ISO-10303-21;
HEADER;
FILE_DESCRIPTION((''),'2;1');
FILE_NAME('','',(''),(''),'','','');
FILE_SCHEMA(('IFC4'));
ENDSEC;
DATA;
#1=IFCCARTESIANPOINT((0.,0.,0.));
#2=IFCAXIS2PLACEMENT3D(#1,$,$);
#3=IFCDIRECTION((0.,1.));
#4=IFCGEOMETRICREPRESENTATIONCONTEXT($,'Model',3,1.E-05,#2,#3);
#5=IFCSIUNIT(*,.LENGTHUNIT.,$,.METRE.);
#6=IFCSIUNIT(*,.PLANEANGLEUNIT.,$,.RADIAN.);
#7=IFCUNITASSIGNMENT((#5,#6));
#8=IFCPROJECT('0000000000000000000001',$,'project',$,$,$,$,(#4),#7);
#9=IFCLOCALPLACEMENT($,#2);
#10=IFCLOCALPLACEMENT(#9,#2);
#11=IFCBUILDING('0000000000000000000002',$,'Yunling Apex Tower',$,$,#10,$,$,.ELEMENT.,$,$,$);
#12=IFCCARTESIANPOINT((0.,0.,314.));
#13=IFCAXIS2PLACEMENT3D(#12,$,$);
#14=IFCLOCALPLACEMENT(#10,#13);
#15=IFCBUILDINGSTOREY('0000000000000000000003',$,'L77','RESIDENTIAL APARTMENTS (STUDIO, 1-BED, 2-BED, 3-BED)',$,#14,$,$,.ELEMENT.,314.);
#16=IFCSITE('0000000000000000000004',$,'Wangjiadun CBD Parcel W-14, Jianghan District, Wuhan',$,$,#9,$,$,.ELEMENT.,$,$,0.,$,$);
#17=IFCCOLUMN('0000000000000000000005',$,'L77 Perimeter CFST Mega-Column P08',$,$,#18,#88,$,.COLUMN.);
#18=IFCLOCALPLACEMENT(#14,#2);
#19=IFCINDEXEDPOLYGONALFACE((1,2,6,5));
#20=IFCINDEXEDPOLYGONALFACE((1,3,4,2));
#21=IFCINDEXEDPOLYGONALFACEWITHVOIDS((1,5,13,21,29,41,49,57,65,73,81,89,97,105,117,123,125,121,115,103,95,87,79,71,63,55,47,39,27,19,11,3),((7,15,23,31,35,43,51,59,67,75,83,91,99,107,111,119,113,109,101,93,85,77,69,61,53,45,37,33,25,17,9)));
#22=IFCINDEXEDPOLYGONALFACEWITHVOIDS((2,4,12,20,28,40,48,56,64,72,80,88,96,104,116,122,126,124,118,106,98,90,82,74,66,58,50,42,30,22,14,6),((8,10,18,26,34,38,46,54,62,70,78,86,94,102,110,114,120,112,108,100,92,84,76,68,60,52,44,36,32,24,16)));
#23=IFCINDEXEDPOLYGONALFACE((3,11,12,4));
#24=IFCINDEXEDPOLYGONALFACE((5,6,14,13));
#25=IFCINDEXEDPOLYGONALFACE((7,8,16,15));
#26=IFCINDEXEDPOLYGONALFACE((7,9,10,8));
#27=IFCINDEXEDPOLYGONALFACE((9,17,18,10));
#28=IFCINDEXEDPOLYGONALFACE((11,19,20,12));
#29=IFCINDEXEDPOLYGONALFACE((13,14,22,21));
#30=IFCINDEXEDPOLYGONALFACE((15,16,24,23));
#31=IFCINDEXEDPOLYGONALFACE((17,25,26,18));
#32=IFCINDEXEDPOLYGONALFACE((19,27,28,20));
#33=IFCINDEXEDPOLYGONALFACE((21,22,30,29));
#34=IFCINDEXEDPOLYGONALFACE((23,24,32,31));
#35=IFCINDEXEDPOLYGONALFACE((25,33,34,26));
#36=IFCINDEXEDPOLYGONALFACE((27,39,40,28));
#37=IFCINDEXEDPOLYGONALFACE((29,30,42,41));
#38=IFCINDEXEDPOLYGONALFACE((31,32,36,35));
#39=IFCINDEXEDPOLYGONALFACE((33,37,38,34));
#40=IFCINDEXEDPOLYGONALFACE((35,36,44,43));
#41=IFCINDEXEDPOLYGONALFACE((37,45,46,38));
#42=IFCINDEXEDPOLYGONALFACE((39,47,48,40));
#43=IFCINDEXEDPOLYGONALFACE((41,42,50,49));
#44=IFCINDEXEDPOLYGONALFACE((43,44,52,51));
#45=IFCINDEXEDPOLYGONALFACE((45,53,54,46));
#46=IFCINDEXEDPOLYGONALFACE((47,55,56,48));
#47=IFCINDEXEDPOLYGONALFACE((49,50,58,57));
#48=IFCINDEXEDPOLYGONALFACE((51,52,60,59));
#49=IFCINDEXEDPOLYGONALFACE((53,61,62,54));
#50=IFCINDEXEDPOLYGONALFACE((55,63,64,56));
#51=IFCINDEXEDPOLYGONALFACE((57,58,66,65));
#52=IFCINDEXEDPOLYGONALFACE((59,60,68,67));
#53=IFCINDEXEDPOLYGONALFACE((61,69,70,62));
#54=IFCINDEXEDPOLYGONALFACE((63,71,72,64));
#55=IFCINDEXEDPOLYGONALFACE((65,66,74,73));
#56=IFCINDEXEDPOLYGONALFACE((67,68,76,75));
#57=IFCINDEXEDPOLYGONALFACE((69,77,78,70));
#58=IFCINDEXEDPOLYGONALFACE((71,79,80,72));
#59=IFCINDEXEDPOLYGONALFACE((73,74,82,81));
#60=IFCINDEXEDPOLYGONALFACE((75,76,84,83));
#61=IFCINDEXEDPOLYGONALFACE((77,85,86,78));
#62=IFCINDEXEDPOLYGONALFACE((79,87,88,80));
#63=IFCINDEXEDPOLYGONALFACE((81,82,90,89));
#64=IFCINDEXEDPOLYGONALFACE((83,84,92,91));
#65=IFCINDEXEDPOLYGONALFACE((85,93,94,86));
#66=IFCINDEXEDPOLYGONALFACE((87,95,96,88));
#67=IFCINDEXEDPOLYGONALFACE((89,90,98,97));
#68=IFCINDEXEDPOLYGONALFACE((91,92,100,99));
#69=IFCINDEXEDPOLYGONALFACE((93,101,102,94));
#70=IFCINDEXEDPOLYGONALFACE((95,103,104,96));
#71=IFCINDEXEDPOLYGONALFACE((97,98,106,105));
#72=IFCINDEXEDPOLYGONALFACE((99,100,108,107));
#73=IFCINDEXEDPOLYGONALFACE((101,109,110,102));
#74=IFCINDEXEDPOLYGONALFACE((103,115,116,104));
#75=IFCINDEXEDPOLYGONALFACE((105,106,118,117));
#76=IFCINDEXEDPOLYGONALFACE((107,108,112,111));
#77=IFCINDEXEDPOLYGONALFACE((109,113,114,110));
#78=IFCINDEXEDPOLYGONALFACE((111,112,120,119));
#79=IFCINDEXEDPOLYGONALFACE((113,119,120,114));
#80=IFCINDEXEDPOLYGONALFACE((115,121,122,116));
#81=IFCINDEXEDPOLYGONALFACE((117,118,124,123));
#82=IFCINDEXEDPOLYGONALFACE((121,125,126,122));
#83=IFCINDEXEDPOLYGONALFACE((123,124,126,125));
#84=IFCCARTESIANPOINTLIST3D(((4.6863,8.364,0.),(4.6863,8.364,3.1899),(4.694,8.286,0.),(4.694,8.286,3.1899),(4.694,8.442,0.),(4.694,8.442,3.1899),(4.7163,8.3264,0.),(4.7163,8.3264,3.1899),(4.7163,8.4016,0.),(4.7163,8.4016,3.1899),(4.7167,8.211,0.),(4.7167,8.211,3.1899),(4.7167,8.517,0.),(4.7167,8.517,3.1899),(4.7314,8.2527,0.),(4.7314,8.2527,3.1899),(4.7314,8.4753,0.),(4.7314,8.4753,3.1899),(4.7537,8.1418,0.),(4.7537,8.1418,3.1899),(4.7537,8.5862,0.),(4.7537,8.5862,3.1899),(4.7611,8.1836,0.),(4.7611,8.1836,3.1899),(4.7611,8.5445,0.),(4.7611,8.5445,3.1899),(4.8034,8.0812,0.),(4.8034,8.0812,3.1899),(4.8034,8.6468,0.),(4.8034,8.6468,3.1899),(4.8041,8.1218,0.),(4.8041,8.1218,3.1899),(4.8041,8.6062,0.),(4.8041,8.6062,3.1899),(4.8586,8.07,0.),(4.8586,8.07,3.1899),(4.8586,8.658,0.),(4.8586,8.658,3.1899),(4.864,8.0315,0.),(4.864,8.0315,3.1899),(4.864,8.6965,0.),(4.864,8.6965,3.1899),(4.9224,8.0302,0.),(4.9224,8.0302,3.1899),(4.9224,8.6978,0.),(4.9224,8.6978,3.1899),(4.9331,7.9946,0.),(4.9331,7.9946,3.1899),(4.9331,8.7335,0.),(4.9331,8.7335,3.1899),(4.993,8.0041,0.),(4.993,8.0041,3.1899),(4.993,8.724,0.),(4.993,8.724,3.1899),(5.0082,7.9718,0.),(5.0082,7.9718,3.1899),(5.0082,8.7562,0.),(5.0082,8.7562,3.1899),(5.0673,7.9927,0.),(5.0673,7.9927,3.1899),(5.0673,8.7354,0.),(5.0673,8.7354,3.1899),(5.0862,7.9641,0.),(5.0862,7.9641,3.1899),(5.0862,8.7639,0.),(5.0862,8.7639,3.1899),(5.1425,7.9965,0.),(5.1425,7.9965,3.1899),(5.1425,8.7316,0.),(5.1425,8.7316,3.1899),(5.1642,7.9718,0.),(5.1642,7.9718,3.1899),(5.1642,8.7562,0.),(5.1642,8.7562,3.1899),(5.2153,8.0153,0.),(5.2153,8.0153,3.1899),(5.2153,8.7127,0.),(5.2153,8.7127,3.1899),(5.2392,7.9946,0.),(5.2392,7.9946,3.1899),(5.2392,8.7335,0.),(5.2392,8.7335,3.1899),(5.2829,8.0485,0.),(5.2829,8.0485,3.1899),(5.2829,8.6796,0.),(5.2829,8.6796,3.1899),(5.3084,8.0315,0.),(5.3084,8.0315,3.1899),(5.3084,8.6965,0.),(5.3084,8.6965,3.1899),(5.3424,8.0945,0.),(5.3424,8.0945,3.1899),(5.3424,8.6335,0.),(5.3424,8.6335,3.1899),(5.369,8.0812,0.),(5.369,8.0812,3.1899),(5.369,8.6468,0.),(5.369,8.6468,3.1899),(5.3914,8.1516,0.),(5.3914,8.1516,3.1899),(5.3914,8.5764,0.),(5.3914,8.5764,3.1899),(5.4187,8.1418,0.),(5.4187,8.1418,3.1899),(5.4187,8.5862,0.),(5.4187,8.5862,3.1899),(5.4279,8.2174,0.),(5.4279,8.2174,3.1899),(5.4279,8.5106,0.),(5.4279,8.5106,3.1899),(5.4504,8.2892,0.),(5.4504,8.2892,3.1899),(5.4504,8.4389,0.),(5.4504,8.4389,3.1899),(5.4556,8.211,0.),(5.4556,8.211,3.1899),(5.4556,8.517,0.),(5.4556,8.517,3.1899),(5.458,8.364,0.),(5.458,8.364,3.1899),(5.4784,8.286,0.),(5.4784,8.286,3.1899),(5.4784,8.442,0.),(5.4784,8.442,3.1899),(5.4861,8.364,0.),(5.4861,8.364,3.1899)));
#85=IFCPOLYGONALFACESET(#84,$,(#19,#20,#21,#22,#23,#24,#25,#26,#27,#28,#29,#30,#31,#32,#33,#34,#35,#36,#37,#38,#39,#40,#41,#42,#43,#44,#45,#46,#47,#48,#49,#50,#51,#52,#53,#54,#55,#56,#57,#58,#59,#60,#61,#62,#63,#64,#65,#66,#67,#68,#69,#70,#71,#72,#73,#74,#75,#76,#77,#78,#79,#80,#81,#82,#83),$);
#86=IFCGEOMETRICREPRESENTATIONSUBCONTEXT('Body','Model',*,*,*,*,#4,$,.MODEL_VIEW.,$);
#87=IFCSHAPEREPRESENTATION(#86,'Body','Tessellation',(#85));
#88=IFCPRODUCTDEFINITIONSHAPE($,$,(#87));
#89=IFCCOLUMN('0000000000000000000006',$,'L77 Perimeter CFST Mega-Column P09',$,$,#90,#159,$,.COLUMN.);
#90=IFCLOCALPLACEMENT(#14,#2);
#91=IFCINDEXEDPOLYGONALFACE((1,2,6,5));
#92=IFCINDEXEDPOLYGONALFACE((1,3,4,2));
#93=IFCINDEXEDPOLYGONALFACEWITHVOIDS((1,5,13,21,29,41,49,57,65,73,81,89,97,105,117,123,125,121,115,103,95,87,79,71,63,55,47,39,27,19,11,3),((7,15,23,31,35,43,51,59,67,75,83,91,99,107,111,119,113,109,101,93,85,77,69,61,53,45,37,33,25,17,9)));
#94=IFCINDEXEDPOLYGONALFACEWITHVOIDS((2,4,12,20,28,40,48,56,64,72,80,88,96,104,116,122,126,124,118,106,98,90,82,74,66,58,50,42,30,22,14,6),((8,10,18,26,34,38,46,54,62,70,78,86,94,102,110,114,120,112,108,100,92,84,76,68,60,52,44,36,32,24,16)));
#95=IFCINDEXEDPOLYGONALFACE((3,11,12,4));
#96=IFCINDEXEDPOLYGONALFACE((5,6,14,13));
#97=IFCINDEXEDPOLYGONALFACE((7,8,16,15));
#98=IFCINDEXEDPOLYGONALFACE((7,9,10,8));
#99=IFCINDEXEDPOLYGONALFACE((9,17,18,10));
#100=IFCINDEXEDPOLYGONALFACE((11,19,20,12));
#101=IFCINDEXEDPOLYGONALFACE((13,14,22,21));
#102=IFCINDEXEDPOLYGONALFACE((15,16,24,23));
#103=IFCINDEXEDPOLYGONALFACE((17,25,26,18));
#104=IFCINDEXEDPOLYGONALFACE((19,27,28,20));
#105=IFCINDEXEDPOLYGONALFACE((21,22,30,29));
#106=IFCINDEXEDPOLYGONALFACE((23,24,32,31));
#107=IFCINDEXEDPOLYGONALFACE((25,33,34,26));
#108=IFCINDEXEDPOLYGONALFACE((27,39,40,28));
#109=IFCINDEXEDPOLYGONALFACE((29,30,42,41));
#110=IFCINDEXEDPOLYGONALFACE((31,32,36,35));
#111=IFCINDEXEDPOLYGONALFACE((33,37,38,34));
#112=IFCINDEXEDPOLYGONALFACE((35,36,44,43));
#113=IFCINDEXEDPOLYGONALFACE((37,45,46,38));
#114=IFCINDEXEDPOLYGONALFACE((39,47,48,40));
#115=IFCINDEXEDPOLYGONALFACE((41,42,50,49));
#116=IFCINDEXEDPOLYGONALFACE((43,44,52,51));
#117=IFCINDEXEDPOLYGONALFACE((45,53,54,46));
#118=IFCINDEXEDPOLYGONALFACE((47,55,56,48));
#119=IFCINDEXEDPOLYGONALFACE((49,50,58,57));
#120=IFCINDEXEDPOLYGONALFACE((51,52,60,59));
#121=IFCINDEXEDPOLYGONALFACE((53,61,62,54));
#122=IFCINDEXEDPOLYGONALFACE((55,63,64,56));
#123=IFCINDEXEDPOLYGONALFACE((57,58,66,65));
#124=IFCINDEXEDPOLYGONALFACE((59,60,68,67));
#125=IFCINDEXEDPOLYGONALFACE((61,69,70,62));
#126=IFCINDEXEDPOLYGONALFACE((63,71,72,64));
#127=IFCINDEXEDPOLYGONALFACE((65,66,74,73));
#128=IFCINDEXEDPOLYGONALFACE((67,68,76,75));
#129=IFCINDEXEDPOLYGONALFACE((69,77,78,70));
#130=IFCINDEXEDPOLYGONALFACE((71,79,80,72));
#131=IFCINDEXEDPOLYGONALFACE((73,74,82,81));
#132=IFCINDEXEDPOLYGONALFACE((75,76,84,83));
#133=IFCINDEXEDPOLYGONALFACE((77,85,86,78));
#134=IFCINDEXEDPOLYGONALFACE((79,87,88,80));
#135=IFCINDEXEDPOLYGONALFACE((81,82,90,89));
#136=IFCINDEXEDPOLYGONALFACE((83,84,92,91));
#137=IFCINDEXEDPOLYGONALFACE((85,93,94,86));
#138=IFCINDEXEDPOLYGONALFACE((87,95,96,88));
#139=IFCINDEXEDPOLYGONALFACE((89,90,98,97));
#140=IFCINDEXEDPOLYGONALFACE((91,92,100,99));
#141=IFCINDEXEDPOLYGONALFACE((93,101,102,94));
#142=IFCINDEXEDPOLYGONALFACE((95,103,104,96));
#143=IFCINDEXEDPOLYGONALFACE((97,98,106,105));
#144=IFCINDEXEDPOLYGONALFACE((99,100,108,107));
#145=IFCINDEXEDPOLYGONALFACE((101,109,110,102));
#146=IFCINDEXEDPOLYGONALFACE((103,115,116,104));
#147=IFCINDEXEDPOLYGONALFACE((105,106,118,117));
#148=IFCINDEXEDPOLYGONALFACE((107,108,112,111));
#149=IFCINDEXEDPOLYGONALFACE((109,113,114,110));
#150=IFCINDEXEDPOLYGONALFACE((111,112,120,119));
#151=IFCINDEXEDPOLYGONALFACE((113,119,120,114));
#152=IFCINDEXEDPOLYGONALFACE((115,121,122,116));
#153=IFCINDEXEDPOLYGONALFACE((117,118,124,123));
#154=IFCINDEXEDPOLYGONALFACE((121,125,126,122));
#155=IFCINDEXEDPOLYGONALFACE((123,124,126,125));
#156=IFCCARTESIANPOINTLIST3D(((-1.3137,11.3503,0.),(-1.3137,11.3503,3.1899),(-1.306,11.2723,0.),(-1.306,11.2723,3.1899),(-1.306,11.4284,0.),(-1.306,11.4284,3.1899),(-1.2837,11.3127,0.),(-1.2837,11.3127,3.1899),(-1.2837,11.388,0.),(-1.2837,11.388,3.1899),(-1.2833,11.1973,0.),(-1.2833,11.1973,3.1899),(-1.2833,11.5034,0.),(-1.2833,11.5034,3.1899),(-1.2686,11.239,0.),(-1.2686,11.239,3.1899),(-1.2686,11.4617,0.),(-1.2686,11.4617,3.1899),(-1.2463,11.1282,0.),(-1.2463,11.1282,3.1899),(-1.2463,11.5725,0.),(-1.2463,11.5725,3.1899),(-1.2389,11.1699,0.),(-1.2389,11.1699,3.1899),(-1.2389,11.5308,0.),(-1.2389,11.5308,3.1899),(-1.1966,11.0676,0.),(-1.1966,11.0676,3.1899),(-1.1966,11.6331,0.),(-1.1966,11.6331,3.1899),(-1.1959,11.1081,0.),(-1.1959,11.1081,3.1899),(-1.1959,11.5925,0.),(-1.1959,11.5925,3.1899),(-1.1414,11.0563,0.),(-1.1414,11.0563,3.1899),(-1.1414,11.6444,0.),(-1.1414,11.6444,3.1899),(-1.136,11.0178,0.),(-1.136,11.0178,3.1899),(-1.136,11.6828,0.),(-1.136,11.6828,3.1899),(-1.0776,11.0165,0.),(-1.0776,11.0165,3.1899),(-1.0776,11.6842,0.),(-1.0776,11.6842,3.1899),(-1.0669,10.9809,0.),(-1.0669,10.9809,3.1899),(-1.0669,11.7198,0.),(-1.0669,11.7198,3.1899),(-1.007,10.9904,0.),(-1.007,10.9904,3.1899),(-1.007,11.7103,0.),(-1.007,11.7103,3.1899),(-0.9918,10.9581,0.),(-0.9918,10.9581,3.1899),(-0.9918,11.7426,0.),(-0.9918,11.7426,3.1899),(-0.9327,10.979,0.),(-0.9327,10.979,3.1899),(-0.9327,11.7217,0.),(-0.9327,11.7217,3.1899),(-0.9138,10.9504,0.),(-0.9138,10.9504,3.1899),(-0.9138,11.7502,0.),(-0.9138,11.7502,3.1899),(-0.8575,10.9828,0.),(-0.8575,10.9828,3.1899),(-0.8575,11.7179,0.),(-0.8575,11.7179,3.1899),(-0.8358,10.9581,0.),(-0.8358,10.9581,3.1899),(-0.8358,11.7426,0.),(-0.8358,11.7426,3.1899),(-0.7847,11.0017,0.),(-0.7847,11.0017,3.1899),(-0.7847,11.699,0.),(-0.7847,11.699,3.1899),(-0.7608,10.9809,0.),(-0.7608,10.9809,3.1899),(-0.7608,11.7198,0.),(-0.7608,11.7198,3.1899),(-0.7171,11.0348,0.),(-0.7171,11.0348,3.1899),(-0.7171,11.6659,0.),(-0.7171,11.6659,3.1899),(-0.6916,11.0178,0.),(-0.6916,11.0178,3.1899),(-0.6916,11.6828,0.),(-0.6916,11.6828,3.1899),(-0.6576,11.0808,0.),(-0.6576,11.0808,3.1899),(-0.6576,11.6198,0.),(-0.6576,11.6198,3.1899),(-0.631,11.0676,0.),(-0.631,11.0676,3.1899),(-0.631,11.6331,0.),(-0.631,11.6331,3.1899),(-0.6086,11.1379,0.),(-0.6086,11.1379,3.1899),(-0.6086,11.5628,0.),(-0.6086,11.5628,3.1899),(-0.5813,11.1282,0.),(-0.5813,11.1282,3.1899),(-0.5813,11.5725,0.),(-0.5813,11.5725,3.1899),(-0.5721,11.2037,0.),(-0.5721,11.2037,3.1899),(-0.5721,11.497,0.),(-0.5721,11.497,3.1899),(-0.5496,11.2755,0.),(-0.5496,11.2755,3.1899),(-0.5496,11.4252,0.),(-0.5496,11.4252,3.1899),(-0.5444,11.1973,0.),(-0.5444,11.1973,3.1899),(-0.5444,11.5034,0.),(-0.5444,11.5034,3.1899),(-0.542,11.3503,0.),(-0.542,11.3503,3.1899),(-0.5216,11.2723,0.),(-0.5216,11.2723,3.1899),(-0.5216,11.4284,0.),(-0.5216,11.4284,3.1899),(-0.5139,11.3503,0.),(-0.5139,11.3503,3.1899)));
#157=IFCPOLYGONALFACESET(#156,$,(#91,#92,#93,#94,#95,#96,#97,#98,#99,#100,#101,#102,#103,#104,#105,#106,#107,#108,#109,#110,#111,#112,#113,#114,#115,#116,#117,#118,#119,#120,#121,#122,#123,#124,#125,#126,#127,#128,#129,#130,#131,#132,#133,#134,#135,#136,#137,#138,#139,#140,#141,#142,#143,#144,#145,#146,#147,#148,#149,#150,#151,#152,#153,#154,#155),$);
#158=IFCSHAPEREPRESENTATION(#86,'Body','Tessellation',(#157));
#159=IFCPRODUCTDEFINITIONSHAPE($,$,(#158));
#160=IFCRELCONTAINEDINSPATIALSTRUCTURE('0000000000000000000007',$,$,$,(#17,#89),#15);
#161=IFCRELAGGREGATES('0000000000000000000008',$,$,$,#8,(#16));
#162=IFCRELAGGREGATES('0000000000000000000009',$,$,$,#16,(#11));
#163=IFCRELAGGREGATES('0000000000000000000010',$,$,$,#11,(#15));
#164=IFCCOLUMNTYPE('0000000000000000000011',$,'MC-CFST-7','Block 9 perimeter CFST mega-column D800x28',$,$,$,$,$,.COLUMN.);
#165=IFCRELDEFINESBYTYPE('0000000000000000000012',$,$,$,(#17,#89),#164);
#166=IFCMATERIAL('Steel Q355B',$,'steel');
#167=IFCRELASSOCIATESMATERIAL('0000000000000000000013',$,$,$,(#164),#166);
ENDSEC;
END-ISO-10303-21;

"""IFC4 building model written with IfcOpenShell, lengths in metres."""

from ifc_helpers import new_model, si_unit, direction, frame, origin, origin_2d, place, context, subcontext, project, spatial, hollow_circle, extrude, source, transform, mapped, material, material_profile, profile_set, type_object, element, save


model = new_model("IFC4")

# Units and contexts
model_context = context("Model", 3, precision=1e-05, world=origin(), true_north=direction((0.0, 1.0)))
body_context = subcontext(model_context, "Body", "Model", "MODEL_VIEW")
ifc_project = project(units=[si_unit("LENGTHUNIT", "METRE"), si_unit("PLANEANGLEUNIT", "RADIAN")], contexts=[model_context])

# Site, building, storey
site_placement = place(None, origin())
site = spatial("IfcSite", under=ifc_project, at=site_placement, Name="Wangjiadun CBD Parcel W-14, Jianghan District, Wuhan", CompositionType="ELEMENT", RefElevation=0.0)
building_placement = place(site_placement, origin())
building = spatial("IfcBuilding", under=site, at=building_placement, Name="Yunling Apex Tower", CompositionType="ELEMENT")
storey_placement = place(building_placement, frame((0.0, 0.0, 314.0)))
storey = spatial("IfcBuildingStorey", under=building, at=storey_placement, Name="L77", Description="RESIDENTIAL APARTMENTS (STUDIO, 1-BED, 2-BED, 3-BED)", CompositionType="ELEMENT", Elevation=314.0)

# Columns
ifc_material_1 = material(Name="Steel Q355B", Category="steel")
ifc_material_profile_1 = material_profile(ifc_material_1, hollow_circle(Radius=0.3999, WallThickness=0.0281, at=origin_2d()))
ifc_profile_set_1 = profile_set([ifc_material_profile_1], Name="Steel Q355B")
column_type = type_object("IfcColumnType", Name="MC-CFST-7", Description="Block 9 perimeter CFST mega-column D800x28", PredefinedType="COLUMN", material=ifc_profile_set_1)
shared_shape_1 = source(origin(), body_context, "Body", "SweptSolid", [
    extrude(hollow_circle(Radius=0.3999, WallThickness=0.0281, at=origin_2d()), origin(), (0.0, 0.0, 1.0), 3.1899),
])
for number, where, z_axis, x_axis, name in (
    (1, (5.0862, 8.364, 0.0), (0.0, 0.0, 1.0), (1.0, 0.0, 0.0), "L77 Perimeter CFST Mega-Column P08"),
    (2, (-0.9138, 11.3503, 0.0), (0.0, 0.0, 1.0), (1.0, 0.0, 0.0), "L77 Perimeter CFST Mega-Column P09"),
):
    element("IfcColumn", number, at=place(storey_placement, frame(where, z_axis=z_axis, x_axis=x_axis)), inside=storey, type_object=column_type, Name=name, PredefinedType="COLUMN", context=body_context, shape_type="MappedRepresentation", body=[
        mapped(shared_shape_1, transform((0.0, 0.0, 0.0), scale=1.0)),
    ])

save(model, "model.ifc")
